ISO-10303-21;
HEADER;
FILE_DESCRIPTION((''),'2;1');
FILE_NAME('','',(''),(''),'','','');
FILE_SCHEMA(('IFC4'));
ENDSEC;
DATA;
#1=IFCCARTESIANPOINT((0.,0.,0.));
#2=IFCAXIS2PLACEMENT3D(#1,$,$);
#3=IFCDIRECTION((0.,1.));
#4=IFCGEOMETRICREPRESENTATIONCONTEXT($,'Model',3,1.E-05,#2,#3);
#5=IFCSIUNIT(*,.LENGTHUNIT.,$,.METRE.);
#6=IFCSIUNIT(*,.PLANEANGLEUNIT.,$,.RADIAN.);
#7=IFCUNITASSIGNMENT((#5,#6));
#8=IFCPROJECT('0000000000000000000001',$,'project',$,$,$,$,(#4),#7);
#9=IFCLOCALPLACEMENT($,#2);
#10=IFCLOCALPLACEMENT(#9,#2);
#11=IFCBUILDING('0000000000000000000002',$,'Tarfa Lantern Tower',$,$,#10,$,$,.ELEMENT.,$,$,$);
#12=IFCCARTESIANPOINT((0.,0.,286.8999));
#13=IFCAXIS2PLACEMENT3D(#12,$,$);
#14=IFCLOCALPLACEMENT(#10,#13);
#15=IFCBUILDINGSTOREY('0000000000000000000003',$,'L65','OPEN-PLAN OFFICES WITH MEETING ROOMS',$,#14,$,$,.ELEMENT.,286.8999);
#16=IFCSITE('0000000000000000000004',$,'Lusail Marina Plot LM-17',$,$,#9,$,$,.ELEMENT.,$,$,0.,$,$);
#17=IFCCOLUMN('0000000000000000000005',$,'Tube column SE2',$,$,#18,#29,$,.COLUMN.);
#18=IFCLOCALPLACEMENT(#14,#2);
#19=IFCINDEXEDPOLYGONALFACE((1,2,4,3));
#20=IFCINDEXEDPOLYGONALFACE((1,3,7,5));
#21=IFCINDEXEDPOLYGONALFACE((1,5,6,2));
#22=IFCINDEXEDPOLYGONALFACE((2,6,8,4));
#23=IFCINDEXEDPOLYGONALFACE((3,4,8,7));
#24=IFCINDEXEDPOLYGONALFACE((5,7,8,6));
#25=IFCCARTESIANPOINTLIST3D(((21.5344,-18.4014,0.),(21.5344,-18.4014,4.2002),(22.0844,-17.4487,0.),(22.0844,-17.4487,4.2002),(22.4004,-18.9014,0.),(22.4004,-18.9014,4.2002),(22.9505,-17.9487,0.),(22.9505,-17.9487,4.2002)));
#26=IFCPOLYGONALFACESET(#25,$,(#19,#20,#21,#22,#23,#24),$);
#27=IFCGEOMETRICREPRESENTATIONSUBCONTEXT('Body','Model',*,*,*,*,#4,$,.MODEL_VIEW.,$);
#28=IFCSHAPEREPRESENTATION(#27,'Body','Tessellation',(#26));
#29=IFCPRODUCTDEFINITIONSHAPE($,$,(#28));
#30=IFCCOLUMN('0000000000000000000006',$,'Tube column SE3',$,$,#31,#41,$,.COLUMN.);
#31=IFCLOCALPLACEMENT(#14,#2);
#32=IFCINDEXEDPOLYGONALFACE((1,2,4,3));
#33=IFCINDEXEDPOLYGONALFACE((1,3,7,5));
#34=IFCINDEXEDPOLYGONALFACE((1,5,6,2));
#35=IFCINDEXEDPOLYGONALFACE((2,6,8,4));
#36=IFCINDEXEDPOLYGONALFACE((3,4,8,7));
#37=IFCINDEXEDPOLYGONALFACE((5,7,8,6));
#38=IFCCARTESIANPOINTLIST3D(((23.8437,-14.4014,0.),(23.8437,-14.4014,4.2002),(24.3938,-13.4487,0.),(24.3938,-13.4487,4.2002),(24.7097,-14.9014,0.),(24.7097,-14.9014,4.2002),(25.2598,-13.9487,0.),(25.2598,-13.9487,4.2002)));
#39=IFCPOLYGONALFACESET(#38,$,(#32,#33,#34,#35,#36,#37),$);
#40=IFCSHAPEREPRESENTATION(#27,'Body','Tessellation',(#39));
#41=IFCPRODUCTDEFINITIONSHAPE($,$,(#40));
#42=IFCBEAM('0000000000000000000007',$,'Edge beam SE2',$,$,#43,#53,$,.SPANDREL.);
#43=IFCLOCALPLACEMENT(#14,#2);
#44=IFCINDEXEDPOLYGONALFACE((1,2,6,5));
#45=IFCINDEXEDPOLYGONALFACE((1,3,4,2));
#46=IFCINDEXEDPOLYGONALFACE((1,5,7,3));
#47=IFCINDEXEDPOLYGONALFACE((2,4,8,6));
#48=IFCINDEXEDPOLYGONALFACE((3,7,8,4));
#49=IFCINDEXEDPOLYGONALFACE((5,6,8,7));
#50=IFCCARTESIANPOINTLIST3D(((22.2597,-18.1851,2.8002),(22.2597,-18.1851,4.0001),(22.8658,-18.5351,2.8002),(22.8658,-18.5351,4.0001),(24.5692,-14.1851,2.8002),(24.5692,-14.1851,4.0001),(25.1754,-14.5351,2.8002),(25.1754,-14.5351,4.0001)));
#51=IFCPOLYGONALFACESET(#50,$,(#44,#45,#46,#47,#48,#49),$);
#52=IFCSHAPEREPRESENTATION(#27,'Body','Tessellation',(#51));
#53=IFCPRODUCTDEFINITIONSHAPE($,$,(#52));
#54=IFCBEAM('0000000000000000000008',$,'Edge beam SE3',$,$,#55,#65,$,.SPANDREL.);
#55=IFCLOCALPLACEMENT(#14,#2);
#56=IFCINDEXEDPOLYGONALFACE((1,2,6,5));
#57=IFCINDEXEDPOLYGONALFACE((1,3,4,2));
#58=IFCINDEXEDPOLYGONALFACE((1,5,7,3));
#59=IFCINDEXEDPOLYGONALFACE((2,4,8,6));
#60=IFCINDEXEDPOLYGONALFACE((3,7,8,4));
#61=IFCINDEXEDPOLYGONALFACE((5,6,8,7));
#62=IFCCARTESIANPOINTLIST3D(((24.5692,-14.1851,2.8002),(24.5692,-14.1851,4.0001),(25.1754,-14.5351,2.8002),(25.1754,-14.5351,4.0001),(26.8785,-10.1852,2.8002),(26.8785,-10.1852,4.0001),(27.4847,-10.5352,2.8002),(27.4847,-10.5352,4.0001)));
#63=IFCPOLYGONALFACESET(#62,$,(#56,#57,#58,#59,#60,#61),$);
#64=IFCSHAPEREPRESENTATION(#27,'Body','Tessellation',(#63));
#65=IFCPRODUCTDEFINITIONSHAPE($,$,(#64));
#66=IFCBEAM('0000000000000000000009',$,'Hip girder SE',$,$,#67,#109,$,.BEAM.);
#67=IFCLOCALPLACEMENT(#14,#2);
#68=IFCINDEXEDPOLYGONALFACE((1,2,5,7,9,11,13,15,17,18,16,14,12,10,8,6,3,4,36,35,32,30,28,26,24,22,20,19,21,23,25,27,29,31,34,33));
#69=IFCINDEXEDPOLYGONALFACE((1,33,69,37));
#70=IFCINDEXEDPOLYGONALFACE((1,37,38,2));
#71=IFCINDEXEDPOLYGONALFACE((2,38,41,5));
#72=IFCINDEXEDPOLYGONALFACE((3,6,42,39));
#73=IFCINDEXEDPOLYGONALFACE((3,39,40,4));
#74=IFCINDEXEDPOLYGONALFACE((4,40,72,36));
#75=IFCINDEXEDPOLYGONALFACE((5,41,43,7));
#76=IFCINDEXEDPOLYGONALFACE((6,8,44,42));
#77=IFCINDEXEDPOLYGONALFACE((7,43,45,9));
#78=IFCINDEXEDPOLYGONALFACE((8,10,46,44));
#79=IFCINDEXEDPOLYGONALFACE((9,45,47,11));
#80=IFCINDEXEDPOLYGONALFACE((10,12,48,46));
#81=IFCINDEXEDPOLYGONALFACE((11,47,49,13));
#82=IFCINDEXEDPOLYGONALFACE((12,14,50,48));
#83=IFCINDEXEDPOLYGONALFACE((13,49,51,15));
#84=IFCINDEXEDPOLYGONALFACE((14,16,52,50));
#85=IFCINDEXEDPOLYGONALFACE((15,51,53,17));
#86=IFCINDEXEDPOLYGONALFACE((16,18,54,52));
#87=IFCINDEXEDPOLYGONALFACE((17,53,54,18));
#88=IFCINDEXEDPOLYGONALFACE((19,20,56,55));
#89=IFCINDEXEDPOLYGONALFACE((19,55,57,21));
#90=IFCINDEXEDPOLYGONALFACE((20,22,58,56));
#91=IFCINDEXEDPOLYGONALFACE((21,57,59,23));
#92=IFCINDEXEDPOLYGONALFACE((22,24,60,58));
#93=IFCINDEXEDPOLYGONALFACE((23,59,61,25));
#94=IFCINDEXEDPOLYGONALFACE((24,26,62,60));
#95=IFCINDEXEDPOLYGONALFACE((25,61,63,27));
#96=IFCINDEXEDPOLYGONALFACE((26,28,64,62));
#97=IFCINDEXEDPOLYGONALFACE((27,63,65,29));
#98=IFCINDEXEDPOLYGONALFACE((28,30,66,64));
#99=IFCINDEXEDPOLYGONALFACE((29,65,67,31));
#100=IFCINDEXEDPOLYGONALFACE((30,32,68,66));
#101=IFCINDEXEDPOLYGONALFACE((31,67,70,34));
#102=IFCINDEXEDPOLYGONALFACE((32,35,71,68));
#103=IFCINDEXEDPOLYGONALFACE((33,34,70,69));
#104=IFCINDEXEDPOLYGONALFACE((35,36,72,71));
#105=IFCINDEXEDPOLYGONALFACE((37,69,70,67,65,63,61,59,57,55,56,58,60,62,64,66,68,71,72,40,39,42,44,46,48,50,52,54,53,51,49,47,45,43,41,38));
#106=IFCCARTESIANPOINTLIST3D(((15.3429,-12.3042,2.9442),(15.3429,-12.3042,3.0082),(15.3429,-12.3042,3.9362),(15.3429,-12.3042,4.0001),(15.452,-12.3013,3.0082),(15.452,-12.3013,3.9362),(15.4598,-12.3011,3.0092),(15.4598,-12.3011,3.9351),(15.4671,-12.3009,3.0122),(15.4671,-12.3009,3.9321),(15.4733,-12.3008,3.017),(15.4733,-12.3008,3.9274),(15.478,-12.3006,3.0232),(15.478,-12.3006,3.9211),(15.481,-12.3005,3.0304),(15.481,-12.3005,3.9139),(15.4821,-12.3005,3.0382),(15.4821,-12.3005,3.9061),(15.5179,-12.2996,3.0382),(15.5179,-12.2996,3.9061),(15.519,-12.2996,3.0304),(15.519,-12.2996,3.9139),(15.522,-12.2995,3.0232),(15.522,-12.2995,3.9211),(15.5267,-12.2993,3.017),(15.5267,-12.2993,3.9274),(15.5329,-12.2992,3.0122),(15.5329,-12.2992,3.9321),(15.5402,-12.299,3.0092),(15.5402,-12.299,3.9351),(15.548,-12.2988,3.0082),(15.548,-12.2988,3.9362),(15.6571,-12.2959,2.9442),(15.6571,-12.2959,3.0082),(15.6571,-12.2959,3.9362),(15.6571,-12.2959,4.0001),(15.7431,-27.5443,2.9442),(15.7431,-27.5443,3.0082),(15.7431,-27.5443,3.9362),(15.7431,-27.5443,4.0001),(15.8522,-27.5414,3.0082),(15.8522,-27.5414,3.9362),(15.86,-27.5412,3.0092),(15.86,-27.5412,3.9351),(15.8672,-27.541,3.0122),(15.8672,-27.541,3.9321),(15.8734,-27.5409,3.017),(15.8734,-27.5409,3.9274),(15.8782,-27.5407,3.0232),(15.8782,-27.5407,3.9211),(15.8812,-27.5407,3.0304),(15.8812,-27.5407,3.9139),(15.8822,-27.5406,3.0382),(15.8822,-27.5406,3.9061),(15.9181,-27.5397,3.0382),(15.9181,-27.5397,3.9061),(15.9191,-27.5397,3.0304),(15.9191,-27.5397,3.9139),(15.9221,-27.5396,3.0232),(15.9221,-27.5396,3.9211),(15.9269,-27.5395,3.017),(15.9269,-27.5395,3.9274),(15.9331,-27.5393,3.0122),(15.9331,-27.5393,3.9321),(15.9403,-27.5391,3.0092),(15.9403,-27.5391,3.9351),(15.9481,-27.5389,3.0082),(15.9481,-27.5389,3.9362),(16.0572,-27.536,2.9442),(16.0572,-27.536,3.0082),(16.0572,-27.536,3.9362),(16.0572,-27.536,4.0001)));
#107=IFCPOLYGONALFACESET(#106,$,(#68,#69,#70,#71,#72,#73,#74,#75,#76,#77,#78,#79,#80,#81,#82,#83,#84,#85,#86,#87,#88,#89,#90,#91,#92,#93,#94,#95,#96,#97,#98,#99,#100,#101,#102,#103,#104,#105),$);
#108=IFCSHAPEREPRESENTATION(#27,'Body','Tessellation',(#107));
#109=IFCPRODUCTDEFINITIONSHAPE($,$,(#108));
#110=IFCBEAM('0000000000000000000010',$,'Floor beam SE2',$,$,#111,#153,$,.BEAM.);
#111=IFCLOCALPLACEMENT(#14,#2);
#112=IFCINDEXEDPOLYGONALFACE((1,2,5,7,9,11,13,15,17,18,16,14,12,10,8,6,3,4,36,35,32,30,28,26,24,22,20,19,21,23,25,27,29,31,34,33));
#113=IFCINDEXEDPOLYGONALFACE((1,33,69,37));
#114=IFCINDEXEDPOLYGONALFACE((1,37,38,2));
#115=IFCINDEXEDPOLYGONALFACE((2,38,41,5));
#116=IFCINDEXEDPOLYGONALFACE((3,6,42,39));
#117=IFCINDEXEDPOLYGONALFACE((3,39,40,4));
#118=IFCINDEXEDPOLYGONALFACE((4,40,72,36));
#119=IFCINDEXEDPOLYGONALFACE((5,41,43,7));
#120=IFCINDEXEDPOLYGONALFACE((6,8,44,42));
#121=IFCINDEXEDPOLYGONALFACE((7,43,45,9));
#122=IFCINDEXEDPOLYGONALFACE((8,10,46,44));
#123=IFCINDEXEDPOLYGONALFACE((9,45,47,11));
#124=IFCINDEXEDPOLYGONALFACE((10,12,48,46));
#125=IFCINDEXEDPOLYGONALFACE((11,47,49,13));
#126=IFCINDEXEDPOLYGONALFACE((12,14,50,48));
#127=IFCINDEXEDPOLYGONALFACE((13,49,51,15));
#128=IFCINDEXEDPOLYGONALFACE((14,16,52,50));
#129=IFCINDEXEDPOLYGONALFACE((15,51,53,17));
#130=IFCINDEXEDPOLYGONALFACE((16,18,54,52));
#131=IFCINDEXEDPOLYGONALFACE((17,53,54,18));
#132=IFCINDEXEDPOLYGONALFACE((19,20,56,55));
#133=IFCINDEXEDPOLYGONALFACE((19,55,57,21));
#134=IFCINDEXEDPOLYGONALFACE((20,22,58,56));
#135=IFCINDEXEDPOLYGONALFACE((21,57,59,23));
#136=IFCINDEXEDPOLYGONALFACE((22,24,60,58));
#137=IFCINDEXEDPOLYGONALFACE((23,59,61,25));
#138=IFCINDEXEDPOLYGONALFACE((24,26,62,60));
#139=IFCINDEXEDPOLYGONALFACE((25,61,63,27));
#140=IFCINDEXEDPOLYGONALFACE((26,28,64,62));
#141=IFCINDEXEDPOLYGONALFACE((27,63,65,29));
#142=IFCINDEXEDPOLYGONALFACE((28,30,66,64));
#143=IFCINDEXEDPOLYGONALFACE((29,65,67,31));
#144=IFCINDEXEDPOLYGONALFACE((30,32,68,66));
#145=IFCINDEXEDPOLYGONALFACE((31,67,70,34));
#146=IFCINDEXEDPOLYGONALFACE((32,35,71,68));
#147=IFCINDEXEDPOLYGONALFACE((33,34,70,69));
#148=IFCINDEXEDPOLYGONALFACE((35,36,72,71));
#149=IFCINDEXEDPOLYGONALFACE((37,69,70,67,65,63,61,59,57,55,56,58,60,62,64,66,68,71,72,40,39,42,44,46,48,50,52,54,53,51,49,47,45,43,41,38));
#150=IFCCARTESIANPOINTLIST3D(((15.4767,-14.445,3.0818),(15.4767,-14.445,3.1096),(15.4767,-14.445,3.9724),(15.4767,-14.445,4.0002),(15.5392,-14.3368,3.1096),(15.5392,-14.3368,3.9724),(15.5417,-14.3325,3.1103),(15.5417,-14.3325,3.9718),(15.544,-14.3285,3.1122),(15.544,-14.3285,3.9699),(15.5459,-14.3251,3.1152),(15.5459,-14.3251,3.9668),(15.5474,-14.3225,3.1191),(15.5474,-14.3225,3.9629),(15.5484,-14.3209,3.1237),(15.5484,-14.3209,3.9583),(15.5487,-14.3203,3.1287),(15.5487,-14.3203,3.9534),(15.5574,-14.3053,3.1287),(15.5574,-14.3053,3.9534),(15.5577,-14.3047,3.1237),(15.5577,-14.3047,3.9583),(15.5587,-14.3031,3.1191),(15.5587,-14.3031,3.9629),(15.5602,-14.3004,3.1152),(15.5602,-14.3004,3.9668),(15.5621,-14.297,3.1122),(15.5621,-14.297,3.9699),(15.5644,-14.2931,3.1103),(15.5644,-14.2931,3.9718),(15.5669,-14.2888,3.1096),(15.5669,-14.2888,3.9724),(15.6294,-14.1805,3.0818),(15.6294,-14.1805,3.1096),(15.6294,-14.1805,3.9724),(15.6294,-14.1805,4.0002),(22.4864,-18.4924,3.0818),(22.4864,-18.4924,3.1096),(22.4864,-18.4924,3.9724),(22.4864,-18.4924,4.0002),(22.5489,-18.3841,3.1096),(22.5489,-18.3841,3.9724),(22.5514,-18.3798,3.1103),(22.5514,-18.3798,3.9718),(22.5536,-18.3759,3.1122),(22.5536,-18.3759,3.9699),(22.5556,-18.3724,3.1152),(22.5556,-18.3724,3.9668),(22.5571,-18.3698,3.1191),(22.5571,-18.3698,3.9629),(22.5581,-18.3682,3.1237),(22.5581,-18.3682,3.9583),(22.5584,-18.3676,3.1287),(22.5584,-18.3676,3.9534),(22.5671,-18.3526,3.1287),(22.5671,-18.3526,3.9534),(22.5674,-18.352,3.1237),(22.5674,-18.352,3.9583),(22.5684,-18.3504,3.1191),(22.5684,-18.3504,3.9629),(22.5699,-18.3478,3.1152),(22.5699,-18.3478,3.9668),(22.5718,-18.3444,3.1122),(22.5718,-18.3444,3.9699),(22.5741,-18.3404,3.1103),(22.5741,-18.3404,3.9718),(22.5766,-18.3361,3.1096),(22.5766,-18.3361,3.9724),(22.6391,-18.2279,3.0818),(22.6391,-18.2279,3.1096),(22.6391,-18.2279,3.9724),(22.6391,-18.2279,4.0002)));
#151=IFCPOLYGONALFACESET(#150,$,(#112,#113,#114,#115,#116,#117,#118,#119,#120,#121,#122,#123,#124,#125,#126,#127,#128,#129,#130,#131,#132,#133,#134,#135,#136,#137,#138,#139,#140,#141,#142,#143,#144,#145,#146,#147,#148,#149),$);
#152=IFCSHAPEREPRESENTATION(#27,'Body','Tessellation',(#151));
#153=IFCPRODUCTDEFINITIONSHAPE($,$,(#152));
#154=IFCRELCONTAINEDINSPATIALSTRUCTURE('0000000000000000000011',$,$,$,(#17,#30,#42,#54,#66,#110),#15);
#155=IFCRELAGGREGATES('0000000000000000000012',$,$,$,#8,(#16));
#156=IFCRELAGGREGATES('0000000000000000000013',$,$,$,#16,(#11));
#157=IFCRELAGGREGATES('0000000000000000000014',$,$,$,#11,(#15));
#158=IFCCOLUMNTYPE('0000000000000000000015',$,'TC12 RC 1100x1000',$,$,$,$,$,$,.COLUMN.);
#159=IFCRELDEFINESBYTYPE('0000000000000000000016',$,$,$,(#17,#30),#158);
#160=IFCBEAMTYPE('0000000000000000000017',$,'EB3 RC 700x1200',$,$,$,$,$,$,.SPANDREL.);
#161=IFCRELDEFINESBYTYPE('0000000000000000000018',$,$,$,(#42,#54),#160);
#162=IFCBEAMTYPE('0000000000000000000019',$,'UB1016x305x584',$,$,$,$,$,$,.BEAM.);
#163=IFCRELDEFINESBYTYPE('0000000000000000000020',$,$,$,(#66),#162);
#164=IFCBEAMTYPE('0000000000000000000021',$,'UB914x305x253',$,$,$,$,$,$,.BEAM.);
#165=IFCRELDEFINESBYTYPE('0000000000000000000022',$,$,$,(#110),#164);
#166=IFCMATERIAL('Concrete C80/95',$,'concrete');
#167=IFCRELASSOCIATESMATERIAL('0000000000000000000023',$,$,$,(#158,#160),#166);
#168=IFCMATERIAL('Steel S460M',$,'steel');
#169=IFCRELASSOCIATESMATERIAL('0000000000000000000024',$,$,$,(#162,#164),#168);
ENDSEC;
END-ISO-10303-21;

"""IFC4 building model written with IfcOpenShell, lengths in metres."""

from ifc_helpers import new_model, si_unit, direction, frame, origin, origin_2d, place, context, subcontext, project, spatial, rectangle, i_section, extrude, material, material_profile, profile_set, type_object, element, save


model = new_model("IFC4")

# Units and contexts
model_context = context("Model", 3, precision=1e-05, world=origin(), true_north=direction((0.0, 1.0)))
body_context = subcontext(model_context, "Body", "Model", "MODEL_VIEW")
ifc_project = project(units=[si_unit("LENGTHUNIT", "METRE"), si_unit("PLANEANGLEUNIT", "RADIAN")], contexts=[model_context])

# Site, building, storey
site_placement = place(None, origin())
site = spatial("IfcSite", under=ifc_project, at=site_placement, Name="Lusail Marina Plot LM-17", CompositionType="ELEMENT", RefElevation=0.0)
building_placement = place(site_placement, origin())
building = spatial("IfcBuilding", under=site, at=building_placement, Name="Tarfa Lantern Tower", CompositionType="ELEMENT")
storey_placement = place(building_placement, frame((0.0, 0.0, 286.8999)))
storey = spatial("IfcBuildingStorey", under=building, at=storey_placement, Name="L65", Description="OPEN-PLAN OFFICES WITH MEETING ROOMS", CompositionType="ELEMENT", Elevation=286.8999)

# Columns
ifc_material_1 = material(Name="Concrete C80/95", Category="concrete")
ifc_material_profile_1 = material_profile(ifc_material_1, rectangle(XDim=1.1001, YDim=1.0, at=origin_2d()), Name="RC 1100x1000")
ifc_profile_set_1 = profile_set([ifc_material_profile_1], Name="Concrete C80/95")
column_type = type_object("IfcColumnType", Name="TC12 RC 1100x1000", PredefinedType="COLUMN", material=ifc_profile_set_1)
for number, where, z_axis, x_axis, name in (
    (1, (22.2424, -18.175, 0.0), (0.0, 0.0, 1.0), (0.5, 0.866025, 0.0), "Tube column SE2"),
    (2, (24.5518, -14.175, 0.0), (0.0, 0.0, 1.0), (0.5, 0.866025, 0.0), "Tube column SE3"),
):
    element("IfcColumn", number, at=place(storey_placement, frame(where, z_axis=z_axis, x_axis=x_axis)), inside=storey, type_object=column_type, Name=name, PredefinedType="COLUMN", context=body_context, shape_type="SweptSolid", body=[
        extrude(rectangle(XDim=1.1001, YDim=1.0, at=origin_2d()), origin(), (0.0, 0.0, 1.0), 4.2002),
    ])

# Beams
ifc_material_profile_2 = material_profile(ifc_material_1, rectangle(XDim=0.7, YDim=1.2, at=origin_2d()), Name="RC 700x1200")
ifc_profile_set_2 = profile_set([ifc_material_profile_2], Name="Concrete C80/95")
beam_type_1 = type_object("IfcBeamType", Name="EB3 RC 700x1200", PredefinedType="SPANDREL", material=ifc_profile_set_2)
beam_1_placement = place(storey_placement, frame((22.5627, -18.3601, 3.4001), z_axis=(0.500027, 0.86601, 0.0), x_axis=(-0.86601, 0.500027, 0.0)))
element("IfcBeam", 3, at=beam_1_placement, inside=storey, type_object=beam_type_1, Name="Edge beam SE2", PredefinedType="SPANDREL", context=body_context, shape_type="SweptSolid", body=[
    extrude(rectangle(XDim=0.7, YDim=1.2, at=origin_2d()), origin(), (0.0, 0.0, 1.0), 4.6189),
])
beam_2_placement = place(storey_placement, frame((24.8723, -14.3601, 3.4001), z_axis=(0.499988, 0.866032, 0.0), x_axis=(-0.866032, 0.499988, 0.0)))
element("IfcBeam", 4, at=beam_2_placement, inside=storey, type_object=beam_type_1, Name="Edge beam SE3", PredefinedType="SPANDREL", context=body_context, shape_type="SweptSolid", body=[
    extrude(rectangle(XDim=0.7, YDim=1.2, at=origin_2d()), origin(), (0.0, 0.0, 1.0), 4.6187),
])
ifc_material_2 = material(Name="Steel S460M", Category="steel")
ifc_material_profile_3 = material_profile(ifc_material_2, i_section(OverallWidth=0.3142, OverallDepth=1.0559, WebThickness=0.0359, FlangeThickness=0.064, FilletRadius=0.03, at=origin_2d()), Name="UB1016x305x584")
ifc_profile_set_3 = profile_set([ifc_material_profile_3], Name="Steel S460M")
beam_type_2 = type_object("IfcBeamType", Name="UB1016x305x584", PredefinedType="BEAM", material=ifc_profile_set_3)
beam_3_placement = place(storey_placement, frame((15.5, -12.3, 3.4722), z_axis=(0.026247, -0.999655, 0.0), x_axis=(0.999655, 0.026247, 0.0)))
element("IfcBeam", 5, at=beam_3_placement, inside=storey, type_object=beam_type_2, Name="Hip girder SE", PredefinedType="BEAM", context=body_context, shape_type="SweptSolid", body=[
    extrude(i_section(OverallWidth=0.3142, OverallDepth=1.0559, WebThickness=0.0359, FlangeThickness=0.064, FilletRadius=0.03, at=origin_2d()), origin(), (0.0, 0.0, 1.0), 15.2454),
])
ifc_material_profile_4 = material_profile(ifc_material_2, i_section(OverallWidth=0.3054, OverallDepth=0.9185, WebThickness=0.0173, FlangeThickness=0.0278, FilletRadius=0.019, at=origin_2d()), Name="UB914x305x253")
ifc_profile_set_4 = profile_set([ifc_material_profile_4], Name="Steel S460M")
beam_type_3 = type_object("IfcBeamType", Name="UB914x305x253", PredefinedType="BEAM", material=ifc_profile_set_4)
beam_4_placement = place(storey_placement, frame((22.5627, -18.3601, 3.541), z_axis=(-0.866011, 0.500025, 0.0), x_axis=(-0.500025, -0.866011, 0.0)))
element("IfcBeam", 6, at=beam_4_placement, inside=storey, type_object=beam_type_3, Name="Floor beam SE2", PredefinedType="BEAM", context=body_context, shape_type="SweptSolid", body=[
    extrude(i_section(OverallWidth=0.3054, OverallDepth=0.9185, WebThickness=0.0173, FlangeThickness=0.0278, FilletRadius=0.019, at=origin_2d()), origin(), (0.0, 0.0, 1.0), 8.0942),
])

save(model, "model.ifc")
